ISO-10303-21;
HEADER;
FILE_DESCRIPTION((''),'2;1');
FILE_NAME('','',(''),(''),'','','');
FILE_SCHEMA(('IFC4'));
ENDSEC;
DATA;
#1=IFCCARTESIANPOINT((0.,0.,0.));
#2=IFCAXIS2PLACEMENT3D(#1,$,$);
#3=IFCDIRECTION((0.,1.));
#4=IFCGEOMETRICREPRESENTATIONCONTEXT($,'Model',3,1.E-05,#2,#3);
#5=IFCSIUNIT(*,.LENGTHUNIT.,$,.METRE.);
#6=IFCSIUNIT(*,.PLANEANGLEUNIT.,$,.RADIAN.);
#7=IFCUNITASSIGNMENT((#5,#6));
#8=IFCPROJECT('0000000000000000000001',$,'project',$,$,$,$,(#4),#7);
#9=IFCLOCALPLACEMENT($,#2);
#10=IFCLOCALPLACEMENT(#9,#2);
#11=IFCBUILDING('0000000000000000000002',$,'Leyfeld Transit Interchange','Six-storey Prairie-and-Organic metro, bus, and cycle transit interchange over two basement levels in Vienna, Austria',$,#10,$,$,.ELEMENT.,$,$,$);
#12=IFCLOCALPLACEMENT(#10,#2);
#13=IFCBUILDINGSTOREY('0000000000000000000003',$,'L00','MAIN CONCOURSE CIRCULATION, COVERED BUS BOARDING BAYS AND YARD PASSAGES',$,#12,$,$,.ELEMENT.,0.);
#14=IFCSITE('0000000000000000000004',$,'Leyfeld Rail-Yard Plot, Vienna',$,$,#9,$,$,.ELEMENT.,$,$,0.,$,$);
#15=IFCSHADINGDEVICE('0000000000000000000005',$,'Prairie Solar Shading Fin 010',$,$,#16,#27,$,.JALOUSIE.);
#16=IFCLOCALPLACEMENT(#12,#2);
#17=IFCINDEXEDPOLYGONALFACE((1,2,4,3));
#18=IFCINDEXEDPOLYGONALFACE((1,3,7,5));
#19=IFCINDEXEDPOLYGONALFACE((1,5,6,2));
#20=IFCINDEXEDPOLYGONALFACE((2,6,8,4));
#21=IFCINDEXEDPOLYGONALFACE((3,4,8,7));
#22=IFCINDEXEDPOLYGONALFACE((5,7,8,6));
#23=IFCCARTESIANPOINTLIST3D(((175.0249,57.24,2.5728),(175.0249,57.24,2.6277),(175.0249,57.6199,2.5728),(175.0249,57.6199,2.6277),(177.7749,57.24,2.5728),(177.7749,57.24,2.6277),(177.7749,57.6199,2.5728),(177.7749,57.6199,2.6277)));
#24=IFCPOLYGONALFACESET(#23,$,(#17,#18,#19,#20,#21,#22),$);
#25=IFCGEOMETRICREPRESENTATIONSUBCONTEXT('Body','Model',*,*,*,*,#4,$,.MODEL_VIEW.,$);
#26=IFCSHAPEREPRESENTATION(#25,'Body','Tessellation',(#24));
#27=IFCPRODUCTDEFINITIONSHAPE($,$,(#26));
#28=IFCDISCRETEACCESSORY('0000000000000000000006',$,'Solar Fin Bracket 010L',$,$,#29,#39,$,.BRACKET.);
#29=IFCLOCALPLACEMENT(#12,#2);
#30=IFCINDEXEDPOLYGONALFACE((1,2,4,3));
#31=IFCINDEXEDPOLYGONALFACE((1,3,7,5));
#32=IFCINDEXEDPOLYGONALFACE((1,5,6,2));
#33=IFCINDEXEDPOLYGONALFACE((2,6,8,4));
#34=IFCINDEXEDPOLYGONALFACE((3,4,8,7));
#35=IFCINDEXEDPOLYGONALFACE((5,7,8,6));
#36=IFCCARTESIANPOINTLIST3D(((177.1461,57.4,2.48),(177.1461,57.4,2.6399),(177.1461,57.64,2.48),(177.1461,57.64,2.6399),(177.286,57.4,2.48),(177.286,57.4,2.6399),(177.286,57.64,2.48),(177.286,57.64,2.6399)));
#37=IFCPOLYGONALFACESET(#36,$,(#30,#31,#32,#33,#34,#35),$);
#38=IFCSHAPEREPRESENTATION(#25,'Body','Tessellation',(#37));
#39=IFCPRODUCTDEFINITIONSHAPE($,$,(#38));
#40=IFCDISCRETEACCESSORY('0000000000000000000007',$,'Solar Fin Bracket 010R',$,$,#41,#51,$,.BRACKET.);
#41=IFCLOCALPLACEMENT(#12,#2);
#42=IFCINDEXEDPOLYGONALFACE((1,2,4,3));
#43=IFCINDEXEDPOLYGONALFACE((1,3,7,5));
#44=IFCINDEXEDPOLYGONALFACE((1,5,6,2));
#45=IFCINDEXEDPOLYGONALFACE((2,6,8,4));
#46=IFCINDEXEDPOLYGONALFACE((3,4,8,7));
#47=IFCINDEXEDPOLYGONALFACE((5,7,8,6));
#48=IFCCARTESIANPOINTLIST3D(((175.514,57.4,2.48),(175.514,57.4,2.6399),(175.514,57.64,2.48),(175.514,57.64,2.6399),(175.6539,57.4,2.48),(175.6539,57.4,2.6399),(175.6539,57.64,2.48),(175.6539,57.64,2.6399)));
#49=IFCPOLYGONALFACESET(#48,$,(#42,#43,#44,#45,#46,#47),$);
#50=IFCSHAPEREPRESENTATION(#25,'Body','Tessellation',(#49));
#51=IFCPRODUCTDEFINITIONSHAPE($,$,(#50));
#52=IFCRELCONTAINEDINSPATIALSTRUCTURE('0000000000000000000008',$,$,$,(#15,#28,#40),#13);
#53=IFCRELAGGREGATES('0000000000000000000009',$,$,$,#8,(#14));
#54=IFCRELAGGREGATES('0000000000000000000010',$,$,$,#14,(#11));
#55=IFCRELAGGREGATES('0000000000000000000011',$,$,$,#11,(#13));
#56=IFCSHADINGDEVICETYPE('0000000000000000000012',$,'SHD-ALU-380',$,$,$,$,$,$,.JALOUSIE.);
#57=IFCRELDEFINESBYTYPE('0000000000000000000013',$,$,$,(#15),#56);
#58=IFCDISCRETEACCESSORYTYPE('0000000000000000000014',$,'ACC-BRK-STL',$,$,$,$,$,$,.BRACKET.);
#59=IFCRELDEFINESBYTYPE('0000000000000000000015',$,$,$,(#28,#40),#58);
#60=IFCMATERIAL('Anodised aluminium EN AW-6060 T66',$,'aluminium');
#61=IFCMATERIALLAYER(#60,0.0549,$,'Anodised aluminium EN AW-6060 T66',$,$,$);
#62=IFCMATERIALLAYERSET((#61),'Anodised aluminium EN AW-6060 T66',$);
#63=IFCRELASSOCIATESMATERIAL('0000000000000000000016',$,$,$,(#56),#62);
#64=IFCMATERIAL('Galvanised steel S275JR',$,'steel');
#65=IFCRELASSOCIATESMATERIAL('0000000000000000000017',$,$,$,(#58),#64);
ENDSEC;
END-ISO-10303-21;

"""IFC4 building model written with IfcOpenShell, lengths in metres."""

from ifc_helpers import new_model, si_unit, direction, frame, origin, origin_2d, place, context, subcontext, project, spatial, rectangle, extrude, material, layer, layer_set, type_object, element, save


model = new_model("IFC4")

# Units and contexts
model_context = context("Model", 3, precision=1e-05, world=origin(), true_north=direction((0.0, 1.0)))
body_context = subcontext(model_context, "Body", "Model", "MODEL_VIEW")
ifc_project = project(units=[si_unit("LENGTHUNIT", "METRE"), si_unit("PLANEANGLEUNIT", "RADIAN")], contexts=[model_context])

# Site, building, storey
site_placement = place(None, origin())
site = spatial("IfcSite", under=ifc_project, at=site_placement, Name="Leyfeld Rail-Yard Plot, Vienna", CompositionType="ELEMENT", RefElevation=0.0)
building_placement = place(site_placement, origin())
building = spatial("IfcBuilding", under=site, at=building_placement, Name="Leyfeld Transit Interchange", Description="Six-storey Prairie-and-Organic metro, bus, and cycle transit interchange over two basement levels in Vienna, Austria", CompositionType="ELEMENT")
storey_placement = place(building_placement, origin())
storey = spatial("IfcBuildingStorey", under=building, at=storey_placement, Name="L00", Description="MAIN CONCOURSE CIRCULATION, COVERED BUS BOARDING BAYS AND YARD PASSAGES", CompositionType="ELEMENT", Elevation=0.0)

# Shared definitions
ifc_material_1 = material(Name="Anodised aluminium EN AW-6060 T66", Category="aluminium")

# Shading device
ifc_layer_1 = layer(ifc_material_1, 0.0549, Name="Anodised aluminium EN AW-6060 T66")
ifc_layer_set_1 = layer_set([ifc_layer_1], Name="Anodised aluminium EN AW-6060 T66")
shading_device_type = type_object("IfcShadingDeviceType", Name="SHD-ALU-380", PredefinedType="JALOUSIE", material=ifc_layer_set_1)
shading_device_placement = place(storey_placement, frame((176.3999, 57.4299, 2.5728), z_axis=(0.0, 0.0, 1.0), x_axis=(-1.0, 0.0, 0.0)))
element("IfcShadingDevice", 1, at=shading_device_placement, inside=storey, type_object=shading_device_type, Name="Prairie Solar Shading Fin 010", PredefinedType="JALOUSIE", context=body_context, shape_type="SweptSolid", body=[
    extrude(rectangle(XDim=2.75, YDim=0.3799, at=origin_2d()), origin(), (0.0, 0.0, 1.0), 0.0549),
])

# Discrete accessories
ifc_material_2 = material(Name="Galvanised steel S275JR", Category="steel")
discrete_accessory_type = type_object("IfcDiscreteAccessoryType", Name="ACC-BRK-STL", PredefinedType="BRACKET", material=ifc_material_2)
for number, where, z_axis, x_axis, name in (
    (2, (177.2161, 57.52, 2.48), (0.0, 0.0, 1.0), (-1.0, 0.0, 0.0), "Solar Fin Bracket 010L"),
    (3, (175.584, 57.52, 2.48), (0.0, 0.0, 1.0), (-1.0, 0.0, 0.0), "Solar Fin Bracket 010R"),
):
    element("IfcDiscreteAccessory", number, at=place(storey_placement, frame(where, z_axis=z_axis, x_axis=x_axis)), inside=storey, type_object=discrete_accessory_type, Name=name, PredefinedType="BRACKET", context=body_context, shape_type="SweptSolid", body=[
        extrude(rectangle(XDim=0.1399, YDim=0.24, at=origin_2d()), origin(), (0.0, 0.0, 1.0), 0.1599),
    ])

save(model, "model.ifc")
